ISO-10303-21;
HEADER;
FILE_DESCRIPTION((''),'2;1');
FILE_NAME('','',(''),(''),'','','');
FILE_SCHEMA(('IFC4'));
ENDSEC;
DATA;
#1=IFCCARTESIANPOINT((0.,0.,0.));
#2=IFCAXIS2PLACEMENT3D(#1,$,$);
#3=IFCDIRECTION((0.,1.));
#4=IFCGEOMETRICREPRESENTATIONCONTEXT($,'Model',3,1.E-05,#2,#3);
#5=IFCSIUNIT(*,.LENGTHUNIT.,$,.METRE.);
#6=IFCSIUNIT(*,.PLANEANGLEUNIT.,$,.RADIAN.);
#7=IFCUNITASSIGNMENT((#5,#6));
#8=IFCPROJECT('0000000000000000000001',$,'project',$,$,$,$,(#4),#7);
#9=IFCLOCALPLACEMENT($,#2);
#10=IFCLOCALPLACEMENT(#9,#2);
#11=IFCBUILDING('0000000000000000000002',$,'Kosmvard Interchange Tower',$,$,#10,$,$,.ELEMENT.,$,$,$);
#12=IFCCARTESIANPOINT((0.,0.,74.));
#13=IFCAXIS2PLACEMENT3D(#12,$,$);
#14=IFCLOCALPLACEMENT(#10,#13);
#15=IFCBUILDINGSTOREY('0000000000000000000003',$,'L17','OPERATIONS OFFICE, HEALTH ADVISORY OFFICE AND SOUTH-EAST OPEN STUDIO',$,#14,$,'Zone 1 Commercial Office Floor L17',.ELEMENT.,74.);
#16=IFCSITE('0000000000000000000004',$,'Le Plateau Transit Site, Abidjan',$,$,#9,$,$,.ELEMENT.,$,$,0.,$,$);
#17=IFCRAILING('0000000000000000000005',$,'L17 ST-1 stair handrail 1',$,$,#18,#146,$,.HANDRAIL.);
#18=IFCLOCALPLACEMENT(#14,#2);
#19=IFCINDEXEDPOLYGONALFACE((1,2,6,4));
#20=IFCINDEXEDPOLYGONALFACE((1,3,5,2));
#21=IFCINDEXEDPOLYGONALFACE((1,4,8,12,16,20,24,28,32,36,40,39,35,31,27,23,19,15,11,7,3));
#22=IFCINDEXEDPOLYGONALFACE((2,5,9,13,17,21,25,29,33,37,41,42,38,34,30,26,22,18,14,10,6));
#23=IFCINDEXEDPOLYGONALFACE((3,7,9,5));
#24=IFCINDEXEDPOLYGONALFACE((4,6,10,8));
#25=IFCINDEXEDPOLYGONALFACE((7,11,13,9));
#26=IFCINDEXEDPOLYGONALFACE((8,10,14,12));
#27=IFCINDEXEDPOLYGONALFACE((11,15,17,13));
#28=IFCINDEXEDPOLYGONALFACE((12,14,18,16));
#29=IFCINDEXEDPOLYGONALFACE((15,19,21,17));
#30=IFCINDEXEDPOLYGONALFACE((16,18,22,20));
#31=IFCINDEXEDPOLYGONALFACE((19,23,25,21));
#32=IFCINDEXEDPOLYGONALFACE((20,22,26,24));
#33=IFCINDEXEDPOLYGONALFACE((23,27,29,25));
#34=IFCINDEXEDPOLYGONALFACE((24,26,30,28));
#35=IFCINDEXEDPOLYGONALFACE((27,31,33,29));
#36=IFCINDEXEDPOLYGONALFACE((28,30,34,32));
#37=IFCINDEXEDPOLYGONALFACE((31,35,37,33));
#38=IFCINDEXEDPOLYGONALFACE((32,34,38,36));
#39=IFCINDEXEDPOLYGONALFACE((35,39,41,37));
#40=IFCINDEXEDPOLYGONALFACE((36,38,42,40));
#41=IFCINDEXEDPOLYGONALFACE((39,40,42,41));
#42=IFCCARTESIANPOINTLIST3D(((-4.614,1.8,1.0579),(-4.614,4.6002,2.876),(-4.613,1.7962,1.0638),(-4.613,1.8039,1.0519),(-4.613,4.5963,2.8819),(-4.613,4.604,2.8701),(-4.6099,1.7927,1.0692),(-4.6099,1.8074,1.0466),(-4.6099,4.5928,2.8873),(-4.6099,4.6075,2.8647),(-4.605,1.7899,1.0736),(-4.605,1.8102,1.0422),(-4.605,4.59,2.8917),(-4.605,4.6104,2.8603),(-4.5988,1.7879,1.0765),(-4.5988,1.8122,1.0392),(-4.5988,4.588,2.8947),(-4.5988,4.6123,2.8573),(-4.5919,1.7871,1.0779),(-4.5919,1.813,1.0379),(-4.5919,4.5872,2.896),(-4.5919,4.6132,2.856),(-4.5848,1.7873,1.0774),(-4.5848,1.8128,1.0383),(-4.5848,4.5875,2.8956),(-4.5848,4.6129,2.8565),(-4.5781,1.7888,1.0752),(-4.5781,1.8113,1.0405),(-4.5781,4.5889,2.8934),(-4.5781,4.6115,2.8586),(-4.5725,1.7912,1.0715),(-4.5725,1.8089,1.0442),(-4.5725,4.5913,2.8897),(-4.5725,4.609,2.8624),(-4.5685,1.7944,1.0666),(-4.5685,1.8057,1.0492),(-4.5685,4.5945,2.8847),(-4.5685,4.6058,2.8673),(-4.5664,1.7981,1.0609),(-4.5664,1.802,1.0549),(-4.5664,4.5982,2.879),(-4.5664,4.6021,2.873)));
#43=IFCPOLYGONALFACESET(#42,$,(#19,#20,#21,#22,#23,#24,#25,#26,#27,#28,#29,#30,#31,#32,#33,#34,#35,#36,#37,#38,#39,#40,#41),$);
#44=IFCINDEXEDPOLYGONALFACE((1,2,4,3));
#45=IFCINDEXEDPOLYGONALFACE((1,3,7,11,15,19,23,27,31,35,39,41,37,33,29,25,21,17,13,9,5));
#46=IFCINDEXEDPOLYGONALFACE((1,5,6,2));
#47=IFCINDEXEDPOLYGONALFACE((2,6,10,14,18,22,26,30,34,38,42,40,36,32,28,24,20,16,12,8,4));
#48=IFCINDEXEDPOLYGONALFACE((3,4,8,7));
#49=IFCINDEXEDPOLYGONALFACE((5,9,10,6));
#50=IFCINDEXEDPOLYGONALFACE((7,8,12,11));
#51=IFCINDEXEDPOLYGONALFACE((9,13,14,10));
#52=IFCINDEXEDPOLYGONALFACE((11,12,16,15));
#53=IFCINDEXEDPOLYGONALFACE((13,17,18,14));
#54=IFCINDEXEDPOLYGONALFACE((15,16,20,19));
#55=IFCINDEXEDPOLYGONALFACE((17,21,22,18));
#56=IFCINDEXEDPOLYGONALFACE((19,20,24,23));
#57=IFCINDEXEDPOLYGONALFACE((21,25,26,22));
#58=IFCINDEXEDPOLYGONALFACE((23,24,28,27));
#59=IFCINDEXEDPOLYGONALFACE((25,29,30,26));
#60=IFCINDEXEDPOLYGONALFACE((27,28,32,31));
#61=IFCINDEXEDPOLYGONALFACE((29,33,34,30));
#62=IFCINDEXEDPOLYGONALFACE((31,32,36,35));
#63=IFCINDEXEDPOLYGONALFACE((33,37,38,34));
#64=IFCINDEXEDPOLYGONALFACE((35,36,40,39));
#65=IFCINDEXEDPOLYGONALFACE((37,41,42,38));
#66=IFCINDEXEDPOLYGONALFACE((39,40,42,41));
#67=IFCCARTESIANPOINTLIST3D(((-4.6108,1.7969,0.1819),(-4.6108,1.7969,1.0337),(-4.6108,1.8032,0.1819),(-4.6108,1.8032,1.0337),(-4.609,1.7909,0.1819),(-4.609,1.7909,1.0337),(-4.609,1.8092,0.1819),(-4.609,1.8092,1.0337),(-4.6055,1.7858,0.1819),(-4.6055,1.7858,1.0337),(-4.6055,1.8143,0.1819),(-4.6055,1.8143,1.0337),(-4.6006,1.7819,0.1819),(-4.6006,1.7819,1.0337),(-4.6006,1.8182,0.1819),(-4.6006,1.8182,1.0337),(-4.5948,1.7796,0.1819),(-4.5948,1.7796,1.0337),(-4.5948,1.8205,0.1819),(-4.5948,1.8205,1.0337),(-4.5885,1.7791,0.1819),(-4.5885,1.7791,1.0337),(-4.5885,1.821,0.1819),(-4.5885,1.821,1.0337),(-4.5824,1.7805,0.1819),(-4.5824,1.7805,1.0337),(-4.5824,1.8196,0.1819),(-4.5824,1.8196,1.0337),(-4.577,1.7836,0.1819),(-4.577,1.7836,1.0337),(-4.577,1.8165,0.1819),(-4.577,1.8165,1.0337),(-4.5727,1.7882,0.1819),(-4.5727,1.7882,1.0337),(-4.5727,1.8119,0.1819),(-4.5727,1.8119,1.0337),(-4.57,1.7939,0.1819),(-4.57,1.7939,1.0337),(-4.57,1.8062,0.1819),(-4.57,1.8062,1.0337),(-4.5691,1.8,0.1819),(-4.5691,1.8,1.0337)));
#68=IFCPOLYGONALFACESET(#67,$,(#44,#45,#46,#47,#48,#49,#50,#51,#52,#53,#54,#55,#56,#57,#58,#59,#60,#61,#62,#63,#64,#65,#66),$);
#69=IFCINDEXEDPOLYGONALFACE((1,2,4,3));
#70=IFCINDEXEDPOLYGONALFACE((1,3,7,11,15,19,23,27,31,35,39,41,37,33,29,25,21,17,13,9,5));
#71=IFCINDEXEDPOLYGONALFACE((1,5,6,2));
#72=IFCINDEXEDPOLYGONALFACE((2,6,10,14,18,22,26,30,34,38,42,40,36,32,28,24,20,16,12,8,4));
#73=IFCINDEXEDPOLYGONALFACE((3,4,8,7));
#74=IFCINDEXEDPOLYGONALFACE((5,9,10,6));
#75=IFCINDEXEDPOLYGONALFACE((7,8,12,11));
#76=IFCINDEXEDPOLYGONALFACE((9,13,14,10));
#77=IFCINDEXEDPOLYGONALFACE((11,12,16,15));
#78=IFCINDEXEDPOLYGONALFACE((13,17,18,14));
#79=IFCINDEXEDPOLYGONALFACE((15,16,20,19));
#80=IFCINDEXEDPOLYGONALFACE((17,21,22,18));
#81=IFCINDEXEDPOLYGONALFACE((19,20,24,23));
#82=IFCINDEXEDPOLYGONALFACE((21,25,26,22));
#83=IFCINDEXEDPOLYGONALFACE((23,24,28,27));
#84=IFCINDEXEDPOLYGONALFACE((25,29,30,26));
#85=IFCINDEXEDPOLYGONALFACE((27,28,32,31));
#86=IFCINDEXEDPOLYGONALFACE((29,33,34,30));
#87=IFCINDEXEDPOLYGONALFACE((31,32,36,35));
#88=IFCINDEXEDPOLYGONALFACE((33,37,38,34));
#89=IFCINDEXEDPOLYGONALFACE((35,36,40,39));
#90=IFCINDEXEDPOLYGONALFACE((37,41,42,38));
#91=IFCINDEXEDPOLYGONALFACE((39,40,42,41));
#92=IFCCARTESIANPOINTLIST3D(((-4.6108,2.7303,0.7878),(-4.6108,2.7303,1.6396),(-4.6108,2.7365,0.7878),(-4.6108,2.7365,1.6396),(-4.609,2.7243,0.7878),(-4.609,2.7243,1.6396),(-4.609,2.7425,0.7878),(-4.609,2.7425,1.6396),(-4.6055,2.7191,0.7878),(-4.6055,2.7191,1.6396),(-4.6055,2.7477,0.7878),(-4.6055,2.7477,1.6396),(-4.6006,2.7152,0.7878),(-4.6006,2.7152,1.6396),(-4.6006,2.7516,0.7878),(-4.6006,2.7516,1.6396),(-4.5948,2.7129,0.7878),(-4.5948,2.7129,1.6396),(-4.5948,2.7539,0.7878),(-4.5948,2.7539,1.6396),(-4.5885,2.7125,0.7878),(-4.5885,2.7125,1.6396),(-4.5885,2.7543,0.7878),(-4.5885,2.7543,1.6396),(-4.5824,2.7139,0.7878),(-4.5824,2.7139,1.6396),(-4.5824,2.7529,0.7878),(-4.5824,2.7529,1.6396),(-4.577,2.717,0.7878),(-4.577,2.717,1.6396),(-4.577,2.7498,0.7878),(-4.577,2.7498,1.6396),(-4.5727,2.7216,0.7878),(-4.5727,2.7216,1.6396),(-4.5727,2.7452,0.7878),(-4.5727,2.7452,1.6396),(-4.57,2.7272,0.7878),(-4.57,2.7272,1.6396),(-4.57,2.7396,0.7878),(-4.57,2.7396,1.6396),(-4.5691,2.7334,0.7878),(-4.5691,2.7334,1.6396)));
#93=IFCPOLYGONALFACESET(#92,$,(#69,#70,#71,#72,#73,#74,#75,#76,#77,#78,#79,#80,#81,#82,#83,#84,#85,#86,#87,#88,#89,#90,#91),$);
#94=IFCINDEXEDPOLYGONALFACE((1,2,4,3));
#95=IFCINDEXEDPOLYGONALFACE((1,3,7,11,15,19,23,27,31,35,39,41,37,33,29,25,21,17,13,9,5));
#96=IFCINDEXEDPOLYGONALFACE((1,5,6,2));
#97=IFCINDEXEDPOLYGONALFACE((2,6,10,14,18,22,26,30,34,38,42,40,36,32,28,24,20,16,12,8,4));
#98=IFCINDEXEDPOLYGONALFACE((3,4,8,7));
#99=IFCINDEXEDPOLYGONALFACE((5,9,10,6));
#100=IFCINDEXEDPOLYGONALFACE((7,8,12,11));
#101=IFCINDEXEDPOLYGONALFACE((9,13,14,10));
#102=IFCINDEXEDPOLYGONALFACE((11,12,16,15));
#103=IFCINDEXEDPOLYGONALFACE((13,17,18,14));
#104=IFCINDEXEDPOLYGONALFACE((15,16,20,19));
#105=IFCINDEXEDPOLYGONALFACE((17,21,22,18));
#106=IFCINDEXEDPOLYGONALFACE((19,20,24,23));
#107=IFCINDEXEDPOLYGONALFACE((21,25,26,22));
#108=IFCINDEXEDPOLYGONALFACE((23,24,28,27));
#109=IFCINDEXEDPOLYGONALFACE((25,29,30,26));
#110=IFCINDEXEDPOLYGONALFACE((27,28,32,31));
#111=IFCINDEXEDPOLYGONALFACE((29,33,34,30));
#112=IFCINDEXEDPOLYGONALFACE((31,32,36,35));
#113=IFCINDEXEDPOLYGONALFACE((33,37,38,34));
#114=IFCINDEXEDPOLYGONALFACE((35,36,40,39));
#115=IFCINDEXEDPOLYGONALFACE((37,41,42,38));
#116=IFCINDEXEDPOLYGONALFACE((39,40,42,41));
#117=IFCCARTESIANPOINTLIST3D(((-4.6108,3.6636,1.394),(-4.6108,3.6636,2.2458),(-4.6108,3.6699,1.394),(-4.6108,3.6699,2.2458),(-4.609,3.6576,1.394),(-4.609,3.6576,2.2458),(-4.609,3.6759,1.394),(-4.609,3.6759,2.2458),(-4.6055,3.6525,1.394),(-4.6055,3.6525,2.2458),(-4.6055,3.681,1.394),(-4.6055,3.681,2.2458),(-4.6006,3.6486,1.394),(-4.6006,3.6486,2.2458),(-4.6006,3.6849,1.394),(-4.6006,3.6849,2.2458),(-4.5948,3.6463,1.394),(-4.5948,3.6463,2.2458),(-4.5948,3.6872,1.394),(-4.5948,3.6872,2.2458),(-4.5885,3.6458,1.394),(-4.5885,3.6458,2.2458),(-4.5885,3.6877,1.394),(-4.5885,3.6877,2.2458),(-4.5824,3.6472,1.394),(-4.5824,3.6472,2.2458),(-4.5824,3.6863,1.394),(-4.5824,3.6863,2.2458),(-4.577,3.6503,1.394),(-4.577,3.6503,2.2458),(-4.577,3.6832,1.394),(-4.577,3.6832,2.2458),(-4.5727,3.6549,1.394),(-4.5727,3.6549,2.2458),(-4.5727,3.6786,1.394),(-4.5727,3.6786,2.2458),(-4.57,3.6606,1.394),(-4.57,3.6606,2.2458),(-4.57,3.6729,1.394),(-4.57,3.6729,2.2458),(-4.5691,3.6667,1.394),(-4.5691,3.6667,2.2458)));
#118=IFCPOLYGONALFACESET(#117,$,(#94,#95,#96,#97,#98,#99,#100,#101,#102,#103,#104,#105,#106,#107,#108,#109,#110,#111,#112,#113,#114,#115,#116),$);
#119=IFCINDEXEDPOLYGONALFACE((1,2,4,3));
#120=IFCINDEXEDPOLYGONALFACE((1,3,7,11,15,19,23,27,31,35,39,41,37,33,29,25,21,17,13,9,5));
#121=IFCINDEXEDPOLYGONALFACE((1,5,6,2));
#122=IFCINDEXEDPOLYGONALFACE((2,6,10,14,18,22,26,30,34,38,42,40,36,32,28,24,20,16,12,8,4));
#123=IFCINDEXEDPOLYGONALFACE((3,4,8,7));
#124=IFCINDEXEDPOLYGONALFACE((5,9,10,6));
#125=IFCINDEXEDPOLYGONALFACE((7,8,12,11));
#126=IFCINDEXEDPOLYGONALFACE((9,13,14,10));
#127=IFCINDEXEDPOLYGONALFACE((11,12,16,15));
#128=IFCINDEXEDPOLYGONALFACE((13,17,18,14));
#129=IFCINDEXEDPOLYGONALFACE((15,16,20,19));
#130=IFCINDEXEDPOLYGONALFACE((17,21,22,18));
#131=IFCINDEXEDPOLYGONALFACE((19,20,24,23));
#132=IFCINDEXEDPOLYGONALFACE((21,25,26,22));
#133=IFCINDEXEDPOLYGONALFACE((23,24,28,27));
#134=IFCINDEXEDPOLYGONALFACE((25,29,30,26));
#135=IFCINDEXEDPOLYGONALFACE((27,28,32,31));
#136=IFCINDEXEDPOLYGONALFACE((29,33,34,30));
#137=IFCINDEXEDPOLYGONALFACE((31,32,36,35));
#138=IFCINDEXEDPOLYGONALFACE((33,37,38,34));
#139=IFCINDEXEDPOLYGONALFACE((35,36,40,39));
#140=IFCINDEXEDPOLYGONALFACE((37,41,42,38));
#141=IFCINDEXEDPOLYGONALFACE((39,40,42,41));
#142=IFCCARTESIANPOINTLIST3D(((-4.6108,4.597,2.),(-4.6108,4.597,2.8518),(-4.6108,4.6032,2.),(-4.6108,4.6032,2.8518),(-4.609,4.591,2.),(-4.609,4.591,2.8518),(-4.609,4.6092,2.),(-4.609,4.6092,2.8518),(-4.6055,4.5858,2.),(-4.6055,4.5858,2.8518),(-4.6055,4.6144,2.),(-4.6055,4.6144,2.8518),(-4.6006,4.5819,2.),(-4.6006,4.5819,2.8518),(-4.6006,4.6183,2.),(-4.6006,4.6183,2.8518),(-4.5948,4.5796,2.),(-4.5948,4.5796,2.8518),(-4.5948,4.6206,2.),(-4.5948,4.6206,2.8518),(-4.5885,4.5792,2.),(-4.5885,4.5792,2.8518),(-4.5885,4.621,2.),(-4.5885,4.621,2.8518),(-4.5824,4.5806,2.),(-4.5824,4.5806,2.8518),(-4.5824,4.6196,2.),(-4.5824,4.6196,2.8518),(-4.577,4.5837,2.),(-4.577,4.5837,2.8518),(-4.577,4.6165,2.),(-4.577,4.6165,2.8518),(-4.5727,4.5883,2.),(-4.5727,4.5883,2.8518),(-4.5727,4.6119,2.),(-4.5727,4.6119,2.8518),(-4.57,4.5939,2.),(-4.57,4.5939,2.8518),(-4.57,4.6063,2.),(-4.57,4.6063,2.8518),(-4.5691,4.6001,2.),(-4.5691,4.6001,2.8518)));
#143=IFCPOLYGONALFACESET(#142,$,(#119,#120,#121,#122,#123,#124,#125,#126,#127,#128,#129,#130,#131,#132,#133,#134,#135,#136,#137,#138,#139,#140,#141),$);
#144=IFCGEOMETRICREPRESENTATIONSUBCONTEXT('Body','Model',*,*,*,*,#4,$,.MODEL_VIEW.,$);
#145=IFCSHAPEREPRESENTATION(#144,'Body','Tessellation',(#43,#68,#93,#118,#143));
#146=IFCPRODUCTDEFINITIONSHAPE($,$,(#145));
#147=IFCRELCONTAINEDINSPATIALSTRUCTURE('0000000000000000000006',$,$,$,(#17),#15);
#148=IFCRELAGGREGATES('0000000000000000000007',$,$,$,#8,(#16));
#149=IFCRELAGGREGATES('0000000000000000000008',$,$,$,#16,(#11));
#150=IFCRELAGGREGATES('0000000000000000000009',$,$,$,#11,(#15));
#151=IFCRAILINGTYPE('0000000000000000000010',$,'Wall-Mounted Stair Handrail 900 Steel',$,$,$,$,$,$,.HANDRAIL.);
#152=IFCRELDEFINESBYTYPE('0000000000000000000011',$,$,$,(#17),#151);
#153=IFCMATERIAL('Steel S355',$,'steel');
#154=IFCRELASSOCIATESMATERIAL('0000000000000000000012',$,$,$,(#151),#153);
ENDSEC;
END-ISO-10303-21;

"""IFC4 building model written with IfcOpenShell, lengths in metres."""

from ifc_helpers import new_model, si_unit, direction, frame, origin, origin_2d, place, context, subcontext, project, spatial, circle, extrude, source, transform, mapped, material, type_object, element, save


model = new_model("IFC4")

# Units and contexts
model_context = context("Model", 3, precision=1e-05, world=origin(), true_north=direction((0.0, 1.0)))
body_context = subcontext(model_context, "Body", "Model", "MODEL_VIEW")
ifc_project = project(units=[si_unit("LENGTHUNIT", "METRE"), si_unit("PLANEANGLEUNIT", "RADIAN")], contexts=[model_context])

# Site, building, storey
site_placement = place(None, origin())
site = spatial("IfcSite", under=ifc_project, at=site_placement, Name="Le Plateau Transit Site, Abidjan", CompositionType="ELEMENT", RefElevation=0.0)
building_placement = place(site_placement, origin())
building = spatial("IfcBuilding", under=site, at=building_placement, Name="Kosmvard Interchange Tower", CompositionType="ELEMENT")
storey_placement = place(building_placement, frame((0.0, 0.0, 74.0)))
storey = spatial("IfcBuildingStorey", under=building, at=storey_placement, Name="L17", Description="OPERATIONS OFFICE, HEALTH ADVISORY OFFICE AND SOUTH-EAST OPEN STUDIO", LongName="Zone 1 Commercial Office Floor L17", CompositionType="ELEMENT", Elevation=74.0)

# Shared definitions
ifc_material_1 = material(Name="Steel S355", Category="steel")

# Railing
railing_type_1 = type_object("IfcRailingType", Name="Wall-Mounted Stair Handrail 900 Steel", PredefinedType="HANDRAIL", material=ifc_material_1)
shared_shape_1 = source(origin(), body_context, "Body", "SweptSolid", [
    extrude(circle(Radius=0.0239, at=origin_2d()), frame((0.0, 0.0, 0.876), z_axis=(0.0, 0.838706, 0.544585), x_axis=(-1.0, 0.0, 0.0)), (0.0, 0.0, 1.0), 3.3386),
    extrude(circle(Radius=0.021, at=origin_2d()), origin(), (0.0, 0.0, 1.0), 0.8518),
    extrude(circle(Radius=0.021, at=origin_2d()), frame((0.0, 0.9333, 0.606)), (0.0, 0.0, 1.0), 0.8518),
    extrude(circle(Radius=0.021, at=origin_2d()), frame((0.0, 1.8667, 1.2122)), (0.0, 0.0, 1.0), 0.8518),
    extrude(circle(Radius=0.021, at=origin_2d()), frame((0.0, 2.8, 1.8181)), (0.0, 0.0, 1.0), 0.8518),
])
railing_1_placement = place(storey_placement, frame((-4.5901, 1.8, 0.1819)))
element("IfcRailing", 1, at=railing_1_placement, inside=storey, type_object=railing_type_1, Name="L17 ST-1 stair handrail 1", PredefinedType="HANDRAIL", context=body_context, shape_type="MappedRepresentation", body=[
    mapped(shared_shape_1, transform((0.0, 0.0, 0.0), scale=1.0)),
])

save(model, "model.ifc")
